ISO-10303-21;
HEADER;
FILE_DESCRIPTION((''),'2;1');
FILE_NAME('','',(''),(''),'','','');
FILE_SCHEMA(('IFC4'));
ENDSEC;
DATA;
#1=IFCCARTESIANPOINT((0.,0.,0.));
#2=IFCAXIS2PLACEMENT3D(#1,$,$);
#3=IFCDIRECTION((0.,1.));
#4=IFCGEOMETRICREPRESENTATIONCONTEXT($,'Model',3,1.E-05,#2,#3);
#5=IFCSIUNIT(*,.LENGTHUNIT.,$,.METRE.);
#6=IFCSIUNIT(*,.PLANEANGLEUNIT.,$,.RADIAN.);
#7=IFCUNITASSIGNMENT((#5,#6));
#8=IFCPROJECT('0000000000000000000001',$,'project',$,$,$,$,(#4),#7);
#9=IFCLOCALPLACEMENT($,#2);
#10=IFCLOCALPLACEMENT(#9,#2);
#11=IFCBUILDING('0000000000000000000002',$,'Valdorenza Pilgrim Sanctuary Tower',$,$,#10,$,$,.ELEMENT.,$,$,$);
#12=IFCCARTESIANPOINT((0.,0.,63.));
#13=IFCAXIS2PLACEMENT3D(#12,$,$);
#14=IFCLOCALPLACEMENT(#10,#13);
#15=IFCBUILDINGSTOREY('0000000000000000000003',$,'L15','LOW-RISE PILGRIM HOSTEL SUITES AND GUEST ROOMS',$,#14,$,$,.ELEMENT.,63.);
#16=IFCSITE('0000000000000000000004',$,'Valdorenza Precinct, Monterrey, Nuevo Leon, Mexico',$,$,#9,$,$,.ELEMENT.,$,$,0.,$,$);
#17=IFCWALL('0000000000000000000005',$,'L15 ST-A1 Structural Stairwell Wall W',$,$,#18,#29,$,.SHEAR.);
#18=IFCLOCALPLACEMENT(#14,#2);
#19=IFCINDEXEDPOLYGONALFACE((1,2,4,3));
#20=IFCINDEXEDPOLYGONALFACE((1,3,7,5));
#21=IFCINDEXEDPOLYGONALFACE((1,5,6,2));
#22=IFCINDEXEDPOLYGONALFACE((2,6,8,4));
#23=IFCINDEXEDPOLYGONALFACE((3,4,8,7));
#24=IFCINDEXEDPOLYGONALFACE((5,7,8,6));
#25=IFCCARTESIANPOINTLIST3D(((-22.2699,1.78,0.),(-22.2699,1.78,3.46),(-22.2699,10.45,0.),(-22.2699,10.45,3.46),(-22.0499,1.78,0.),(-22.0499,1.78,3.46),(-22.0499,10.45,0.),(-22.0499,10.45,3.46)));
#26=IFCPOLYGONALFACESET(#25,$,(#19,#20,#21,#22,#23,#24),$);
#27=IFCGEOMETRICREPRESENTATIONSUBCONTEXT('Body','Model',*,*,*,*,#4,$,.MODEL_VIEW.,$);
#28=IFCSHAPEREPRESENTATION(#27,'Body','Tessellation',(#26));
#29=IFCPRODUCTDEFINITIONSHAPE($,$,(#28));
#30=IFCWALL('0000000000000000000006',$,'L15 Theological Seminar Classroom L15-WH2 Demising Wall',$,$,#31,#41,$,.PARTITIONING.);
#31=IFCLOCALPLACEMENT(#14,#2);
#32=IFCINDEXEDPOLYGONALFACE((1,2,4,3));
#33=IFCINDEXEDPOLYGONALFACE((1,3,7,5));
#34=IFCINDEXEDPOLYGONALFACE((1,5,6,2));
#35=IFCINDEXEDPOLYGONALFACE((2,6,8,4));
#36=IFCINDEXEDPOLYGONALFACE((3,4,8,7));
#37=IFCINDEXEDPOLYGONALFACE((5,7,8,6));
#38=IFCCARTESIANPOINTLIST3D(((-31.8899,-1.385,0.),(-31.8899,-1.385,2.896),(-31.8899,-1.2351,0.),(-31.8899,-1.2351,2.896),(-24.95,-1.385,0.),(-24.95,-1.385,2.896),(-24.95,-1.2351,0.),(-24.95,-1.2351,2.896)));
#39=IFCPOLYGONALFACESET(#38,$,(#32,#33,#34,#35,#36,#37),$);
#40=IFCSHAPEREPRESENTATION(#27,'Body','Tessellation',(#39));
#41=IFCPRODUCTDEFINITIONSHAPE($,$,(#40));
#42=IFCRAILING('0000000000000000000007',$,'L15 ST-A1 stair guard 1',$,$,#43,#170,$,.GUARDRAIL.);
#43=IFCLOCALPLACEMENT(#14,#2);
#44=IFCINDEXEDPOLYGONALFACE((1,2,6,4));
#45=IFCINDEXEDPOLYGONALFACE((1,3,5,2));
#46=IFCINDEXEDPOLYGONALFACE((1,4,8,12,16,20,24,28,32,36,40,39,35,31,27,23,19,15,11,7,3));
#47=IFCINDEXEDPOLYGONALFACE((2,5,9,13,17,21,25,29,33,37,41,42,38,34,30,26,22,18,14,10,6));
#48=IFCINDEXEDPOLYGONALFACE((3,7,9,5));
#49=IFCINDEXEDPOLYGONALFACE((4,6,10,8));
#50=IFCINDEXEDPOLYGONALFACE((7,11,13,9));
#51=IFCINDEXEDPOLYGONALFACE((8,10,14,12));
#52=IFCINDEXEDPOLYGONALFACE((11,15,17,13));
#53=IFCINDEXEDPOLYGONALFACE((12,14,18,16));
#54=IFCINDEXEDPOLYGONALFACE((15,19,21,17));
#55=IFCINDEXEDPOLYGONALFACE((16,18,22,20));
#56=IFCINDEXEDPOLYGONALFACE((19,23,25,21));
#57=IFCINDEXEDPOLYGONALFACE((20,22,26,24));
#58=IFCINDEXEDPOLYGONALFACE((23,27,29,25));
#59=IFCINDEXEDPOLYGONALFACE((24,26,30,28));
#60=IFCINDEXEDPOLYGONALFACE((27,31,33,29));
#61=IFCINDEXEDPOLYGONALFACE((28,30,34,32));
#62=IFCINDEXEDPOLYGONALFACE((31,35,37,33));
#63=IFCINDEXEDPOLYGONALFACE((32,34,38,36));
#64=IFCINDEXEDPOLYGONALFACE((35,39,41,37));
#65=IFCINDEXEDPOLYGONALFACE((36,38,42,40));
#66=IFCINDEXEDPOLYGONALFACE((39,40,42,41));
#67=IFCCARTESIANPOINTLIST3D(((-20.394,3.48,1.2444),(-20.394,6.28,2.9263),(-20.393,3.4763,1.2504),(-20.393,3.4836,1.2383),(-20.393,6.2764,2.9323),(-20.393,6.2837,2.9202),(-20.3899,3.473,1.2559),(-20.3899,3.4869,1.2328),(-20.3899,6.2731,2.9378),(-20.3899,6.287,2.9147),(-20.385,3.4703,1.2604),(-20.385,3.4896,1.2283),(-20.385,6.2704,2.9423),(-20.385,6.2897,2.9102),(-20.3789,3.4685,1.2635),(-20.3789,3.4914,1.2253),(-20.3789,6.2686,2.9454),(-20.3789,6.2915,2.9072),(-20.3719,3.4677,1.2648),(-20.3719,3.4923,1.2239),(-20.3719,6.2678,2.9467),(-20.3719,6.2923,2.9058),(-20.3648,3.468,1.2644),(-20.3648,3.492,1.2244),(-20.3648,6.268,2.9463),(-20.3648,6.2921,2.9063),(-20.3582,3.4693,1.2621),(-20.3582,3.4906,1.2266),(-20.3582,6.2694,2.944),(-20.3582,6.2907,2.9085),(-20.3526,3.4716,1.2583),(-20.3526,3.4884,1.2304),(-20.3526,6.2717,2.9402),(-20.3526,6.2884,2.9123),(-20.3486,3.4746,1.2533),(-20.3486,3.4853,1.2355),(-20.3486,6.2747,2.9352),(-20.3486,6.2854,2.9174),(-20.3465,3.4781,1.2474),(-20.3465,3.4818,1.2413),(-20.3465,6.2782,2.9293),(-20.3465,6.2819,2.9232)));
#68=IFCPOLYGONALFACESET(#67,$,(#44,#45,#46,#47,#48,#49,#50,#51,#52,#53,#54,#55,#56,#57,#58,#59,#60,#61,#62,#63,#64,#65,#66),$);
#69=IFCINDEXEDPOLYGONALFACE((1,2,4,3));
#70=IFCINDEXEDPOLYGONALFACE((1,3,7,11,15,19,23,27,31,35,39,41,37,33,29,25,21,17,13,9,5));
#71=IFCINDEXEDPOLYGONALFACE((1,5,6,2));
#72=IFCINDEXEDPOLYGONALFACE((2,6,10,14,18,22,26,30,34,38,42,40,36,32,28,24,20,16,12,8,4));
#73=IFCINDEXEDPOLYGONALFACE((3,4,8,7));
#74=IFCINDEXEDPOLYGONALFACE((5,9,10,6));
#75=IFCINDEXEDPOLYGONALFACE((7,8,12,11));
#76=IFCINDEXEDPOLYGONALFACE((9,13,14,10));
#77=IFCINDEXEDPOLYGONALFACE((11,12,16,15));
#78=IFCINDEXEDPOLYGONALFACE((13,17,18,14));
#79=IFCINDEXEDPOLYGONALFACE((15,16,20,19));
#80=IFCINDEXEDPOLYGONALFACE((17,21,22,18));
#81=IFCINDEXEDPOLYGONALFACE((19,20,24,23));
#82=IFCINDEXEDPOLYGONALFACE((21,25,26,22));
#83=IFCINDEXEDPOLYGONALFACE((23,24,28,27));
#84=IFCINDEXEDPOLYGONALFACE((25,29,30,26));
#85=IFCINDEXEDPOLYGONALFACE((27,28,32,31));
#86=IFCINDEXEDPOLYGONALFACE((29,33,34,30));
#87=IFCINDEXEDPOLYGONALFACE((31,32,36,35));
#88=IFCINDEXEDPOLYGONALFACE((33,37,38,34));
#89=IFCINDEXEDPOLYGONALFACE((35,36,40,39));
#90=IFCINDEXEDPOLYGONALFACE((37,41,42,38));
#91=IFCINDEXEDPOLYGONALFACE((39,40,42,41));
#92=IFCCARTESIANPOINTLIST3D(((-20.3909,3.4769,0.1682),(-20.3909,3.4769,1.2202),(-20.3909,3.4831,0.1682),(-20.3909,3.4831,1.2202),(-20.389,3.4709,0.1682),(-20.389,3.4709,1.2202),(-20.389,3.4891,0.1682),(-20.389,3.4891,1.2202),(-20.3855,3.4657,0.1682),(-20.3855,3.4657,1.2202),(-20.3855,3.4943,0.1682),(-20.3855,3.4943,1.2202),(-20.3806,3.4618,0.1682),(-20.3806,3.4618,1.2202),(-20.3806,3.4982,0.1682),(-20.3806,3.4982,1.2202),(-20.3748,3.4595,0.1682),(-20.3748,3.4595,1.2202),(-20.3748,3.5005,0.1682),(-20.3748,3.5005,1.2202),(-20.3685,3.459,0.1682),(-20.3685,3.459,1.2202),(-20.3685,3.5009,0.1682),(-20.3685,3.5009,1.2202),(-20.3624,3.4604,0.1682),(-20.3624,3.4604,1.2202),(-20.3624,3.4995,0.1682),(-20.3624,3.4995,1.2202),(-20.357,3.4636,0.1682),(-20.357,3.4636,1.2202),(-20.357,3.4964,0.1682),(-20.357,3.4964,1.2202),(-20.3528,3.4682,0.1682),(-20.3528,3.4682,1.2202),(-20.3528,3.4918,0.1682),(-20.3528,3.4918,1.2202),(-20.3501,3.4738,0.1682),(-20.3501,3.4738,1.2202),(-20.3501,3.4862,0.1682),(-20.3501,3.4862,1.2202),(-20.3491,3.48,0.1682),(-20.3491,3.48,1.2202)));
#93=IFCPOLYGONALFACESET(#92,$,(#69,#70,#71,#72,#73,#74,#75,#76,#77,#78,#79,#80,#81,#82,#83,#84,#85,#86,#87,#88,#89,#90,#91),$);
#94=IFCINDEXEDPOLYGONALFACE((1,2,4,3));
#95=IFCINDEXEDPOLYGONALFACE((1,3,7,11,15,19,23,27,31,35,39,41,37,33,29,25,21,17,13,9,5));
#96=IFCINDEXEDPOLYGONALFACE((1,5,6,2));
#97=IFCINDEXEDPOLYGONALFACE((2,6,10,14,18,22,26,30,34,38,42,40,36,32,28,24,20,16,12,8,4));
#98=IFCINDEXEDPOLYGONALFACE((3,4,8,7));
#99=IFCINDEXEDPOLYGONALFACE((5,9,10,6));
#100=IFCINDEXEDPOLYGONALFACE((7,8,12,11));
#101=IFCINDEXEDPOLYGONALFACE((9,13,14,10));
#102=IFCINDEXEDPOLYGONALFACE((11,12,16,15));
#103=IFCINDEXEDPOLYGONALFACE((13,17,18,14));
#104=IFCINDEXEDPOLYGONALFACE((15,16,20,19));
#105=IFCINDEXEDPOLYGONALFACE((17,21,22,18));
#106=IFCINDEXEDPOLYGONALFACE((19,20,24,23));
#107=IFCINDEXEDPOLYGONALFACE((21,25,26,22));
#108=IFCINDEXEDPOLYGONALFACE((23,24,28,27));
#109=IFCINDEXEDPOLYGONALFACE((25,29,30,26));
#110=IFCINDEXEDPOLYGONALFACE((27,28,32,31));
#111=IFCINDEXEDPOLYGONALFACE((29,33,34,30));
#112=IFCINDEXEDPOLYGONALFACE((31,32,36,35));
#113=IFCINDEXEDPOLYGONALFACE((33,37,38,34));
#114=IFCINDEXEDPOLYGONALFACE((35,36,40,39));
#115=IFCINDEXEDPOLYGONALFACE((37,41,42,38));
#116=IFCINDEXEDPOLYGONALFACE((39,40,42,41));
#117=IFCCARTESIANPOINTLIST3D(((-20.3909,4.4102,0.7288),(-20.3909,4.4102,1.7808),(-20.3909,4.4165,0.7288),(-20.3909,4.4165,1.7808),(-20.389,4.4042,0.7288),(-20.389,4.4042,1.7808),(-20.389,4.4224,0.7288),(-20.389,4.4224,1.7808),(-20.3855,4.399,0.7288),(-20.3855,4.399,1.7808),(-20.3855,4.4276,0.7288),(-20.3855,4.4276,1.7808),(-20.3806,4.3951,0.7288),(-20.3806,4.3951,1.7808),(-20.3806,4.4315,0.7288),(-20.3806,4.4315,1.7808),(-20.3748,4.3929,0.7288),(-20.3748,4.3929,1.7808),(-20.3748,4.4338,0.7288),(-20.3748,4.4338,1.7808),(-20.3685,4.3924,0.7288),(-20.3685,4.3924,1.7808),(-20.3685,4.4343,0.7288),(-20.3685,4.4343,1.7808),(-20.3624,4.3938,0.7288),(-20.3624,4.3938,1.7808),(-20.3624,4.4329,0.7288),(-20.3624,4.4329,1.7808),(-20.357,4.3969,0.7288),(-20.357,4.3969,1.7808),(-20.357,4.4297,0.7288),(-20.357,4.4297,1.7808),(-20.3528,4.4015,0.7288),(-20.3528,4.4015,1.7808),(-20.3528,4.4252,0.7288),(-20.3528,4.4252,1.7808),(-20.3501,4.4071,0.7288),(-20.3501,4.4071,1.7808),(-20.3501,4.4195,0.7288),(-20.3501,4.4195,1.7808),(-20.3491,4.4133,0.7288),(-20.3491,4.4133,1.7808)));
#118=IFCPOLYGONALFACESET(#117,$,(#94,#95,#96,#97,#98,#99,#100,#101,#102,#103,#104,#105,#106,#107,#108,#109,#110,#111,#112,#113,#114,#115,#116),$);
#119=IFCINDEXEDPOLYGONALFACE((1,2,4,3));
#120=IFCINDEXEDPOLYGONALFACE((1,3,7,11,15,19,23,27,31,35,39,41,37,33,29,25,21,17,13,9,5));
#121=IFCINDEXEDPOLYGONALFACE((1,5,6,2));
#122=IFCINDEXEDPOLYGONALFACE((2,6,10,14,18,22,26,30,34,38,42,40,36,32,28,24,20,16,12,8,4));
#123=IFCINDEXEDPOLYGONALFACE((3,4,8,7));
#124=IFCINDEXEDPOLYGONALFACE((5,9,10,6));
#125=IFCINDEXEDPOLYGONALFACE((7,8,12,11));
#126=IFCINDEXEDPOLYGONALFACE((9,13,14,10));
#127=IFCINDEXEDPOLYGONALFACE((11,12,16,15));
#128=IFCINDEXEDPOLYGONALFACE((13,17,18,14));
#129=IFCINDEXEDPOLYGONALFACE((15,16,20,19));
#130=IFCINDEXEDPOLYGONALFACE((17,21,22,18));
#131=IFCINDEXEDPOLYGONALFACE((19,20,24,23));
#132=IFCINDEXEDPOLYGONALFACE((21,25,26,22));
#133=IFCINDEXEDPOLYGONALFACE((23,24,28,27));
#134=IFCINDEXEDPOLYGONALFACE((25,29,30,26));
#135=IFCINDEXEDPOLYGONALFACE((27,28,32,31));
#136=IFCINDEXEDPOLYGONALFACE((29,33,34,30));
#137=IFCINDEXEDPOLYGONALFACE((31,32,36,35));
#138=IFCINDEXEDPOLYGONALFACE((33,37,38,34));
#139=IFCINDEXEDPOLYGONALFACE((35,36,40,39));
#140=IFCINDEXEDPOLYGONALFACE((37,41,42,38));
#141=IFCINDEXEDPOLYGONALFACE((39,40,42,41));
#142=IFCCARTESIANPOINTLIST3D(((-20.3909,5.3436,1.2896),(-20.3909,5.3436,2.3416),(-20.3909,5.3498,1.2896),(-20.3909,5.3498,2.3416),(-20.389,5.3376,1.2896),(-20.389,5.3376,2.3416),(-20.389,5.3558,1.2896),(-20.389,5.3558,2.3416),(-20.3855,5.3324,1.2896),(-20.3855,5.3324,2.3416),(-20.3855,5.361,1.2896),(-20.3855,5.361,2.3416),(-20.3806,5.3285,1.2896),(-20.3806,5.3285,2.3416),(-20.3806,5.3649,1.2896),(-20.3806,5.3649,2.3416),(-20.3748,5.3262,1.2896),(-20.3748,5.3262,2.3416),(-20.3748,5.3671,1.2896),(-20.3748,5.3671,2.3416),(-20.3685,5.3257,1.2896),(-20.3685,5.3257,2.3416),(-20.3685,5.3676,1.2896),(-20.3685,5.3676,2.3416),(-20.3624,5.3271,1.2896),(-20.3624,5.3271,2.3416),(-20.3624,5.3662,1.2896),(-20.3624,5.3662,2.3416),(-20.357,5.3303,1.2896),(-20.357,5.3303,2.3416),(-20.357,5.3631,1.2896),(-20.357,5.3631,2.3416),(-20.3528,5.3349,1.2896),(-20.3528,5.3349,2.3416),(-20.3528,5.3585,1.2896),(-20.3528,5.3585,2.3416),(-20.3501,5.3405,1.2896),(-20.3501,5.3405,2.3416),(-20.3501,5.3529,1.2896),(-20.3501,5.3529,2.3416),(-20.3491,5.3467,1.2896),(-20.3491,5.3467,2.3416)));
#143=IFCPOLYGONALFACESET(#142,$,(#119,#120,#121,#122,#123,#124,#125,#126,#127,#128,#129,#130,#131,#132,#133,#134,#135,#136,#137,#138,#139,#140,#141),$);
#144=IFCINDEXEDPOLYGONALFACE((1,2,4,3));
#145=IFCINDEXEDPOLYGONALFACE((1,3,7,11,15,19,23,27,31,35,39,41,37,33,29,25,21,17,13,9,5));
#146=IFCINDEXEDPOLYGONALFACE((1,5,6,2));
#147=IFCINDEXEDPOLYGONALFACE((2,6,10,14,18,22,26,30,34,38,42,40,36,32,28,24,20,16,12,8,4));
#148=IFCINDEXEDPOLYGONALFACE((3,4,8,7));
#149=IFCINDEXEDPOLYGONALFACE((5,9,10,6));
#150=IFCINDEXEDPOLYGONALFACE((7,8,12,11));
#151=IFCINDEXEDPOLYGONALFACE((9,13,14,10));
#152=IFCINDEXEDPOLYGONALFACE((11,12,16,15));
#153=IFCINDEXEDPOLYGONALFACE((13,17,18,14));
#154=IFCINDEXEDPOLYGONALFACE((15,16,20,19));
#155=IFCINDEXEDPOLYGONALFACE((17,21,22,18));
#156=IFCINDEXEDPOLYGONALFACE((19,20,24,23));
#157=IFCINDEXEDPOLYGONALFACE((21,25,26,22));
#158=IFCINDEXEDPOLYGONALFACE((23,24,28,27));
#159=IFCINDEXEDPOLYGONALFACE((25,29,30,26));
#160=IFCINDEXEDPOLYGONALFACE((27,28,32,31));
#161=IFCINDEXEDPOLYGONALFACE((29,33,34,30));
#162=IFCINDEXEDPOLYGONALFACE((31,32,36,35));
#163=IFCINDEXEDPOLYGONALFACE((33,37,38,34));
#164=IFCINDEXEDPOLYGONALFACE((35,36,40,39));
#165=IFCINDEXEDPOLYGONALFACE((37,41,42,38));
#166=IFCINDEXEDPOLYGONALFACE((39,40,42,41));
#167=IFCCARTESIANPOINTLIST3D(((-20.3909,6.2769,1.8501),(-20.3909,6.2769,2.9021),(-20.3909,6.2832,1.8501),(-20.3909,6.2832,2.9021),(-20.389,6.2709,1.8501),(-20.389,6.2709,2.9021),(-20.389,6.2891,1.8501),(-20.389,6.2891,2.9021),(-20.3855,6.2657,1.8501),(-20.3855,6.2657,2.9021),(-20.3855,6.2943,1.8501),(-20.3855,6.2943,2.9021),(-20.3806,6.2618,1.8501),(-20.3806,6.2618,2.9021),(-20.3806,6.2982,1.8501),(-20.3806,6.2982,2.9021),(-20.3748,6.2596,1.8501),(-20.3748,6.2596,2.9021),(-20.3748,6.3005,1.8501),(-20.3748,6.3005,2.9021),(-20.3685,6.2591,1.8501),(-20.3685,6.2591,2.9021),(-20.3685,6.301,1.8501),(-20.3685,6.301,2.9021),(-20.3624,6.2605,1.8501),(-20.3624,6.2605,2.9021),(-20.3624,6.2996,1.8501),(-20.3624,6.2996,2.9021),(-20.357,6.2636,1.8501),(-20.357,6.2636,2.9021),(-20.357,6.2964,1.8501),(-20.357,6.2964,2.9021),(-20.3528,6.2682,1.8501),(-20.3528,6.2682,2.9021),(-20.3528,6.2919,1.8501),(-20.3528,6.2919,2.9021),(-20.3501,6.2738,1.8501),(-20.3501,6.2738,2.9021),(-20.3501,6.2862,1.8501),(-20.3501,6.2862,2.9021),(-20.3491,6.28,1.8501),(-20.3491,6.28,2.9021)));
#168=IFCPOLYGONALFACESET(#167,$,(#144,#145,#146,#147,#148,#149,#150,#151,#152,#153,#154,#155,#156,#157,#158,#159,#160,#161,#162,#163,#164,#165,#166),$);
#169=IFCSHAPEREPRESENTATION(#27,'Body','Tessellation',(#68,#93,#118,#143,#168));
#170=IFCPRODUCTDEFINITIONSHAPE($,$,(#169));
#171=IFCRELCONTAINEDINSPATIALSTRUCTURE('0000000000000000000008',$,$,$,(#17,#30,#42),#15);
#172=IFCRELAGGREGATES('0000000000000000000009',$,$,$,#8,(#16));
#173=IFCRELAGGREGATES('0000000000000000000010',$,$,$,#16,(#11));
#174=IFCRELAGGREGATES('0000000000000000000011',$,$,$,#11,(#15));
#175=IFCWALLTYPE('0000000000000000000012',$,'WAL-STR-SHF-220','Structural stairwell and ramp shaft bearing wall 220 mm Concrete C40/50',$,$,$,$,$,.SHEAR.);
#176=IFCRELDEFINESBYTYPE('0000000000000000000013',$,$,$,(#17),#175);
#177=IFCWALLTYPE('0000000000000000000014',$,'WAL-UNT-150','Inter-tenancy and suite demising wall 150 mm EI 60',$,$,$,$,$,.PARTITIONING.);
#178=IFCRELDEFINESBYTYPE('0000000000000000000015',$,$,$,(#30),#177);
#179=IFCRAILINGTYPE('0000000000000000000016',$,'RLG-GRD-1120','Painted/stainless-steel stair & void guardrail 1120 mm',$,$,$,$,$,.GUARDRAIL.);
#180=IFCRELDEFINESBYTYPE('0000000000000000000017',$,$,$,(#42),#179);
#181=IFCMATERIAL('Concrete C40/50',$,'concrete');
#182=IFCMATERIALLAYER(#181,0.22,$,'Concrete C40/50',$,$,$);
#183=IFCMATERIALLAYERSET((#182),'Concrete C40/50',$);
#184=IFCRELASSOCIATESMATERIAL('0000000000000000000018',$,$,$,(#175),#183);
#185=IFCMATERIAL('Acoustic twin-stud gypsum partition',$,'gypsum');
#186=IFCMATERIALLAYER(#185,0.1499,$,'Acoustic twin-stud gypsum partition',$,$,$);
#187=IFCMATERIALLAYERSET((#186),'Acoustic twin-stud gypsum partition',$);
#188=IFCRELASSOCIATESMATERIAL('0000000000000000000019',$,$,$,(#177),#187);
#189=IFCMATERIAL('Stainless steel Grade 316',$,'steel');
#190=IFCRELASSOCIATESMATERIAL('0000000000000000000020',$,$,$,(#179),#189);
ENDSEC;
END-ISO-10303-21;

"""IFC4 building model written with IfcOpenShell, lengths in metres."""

from ifc_helpers import new_model, si_unit, direction, frame, frame_2d, origin, origin_2d, place, context, subcontext, project, spatial, rectangle, circle, extrude, material, layer, layer_set, type_object, element, save


model = new_model("IFC4")

# Units and contexts
model_context = context("Model", 3, precision=1e-05, world=origin(), true_north=direction((0.0, 1.0)))
body_context = subcontext(model_context, "Body", "Model", "MODEL_VIEW")
ifc_project = project(units=[si_unit("LENGTHUNIT", "METRE"), si_unit("PLANEANGLEUNIT", "RADIAN")], contexts=[model_context])

# Site, building, storey
site_placement = place(None, origin())
site = spatial("IfcSite", under=ifc_project, at=site_placement, Name="Valdorenza Precinct, Monterrey, Nuevo Leon, Mexico", CompositionType="ELEMENT", RefElevation=0.0)
building_placement = place(site_placement, origin())
building = spatial("IfcBuilding", under=site, at=building_placement, Name="Valdorenza Pilgrim Sanctuary Tower", CompositionType="ELEMENT")
storey_placement = place(building_placement, frame((0.0, 0.0, 63.0)))
storey = spatial("IfcBuildingStorey", under=building, at=storey_placement, Name="L15", Description="LOW-RISE PILGRIM HOSTEL SUITES AND GUEST ROOMS", CompositionType="ELEMENT", Elevation=63.0)

# Wall
ifc_material_1 = material(Name="Concrete C40/50", Category="concrete")
ifc_layer_1 = layer(ifc_material_1, 0.22, Name="Concrete C40/50")
ifc_layer_set_1 = layer_set([ifc_layer_1], Name="Concrete C40/50")
wall_type_1 = type_object("IfcWallType", Name="WAL-STR-SHF-220", Description="Structural stairwell and ramp shaft bearing wall 220 mm Concrete C40/50", PredefinedType="SHEAR", material=ifc_layer_set_1)
wall_1_placement = place(storey_placement, frame((-22.1599, 1.78, 0.0), z_axis=(0.0, 0.0, 1.0), x_axis=(0.0, 1.0, 0.0)))
element("IfcWall", 1, at=wall_1_placement, inside=storey, type_object=wall_type_1, Name="L15 ST-A1 Structural Stairwell Wall W", PredefinedType="SHEAR", context=body_context, shape_type="SweptSolid", body=[
    extrude(rectangle(XDim=8.6699, YDim=0.22, at=frame_2d((4.335, 0.0))), origin(), (0.0, 0.0, 1.0), 3.46),
])

# Wall
ifc_material_2 = material(Name="Acoustic twin-stud gypsum partition", Category="gypsum")
ifc_layer_2 = layer(ifc_material_2, 0.1499, Name="Acoustic twin-stud gypsum partition")
ifc_layer_set_2 = layer_set([ifc_layer_2], Name="Acoustic twin-stud gypsum partition")
wall_type_2 = type_object("IfcWallType", Name="WAL-UNT-150", Description="Inter-tenancy and suite demising wall 150 mm EI 60", PredefinedType="PARTITIONING", material=ifc_layer_set_2)
wall_2_placement = place(storey_placement, frame((-31.8899, -1.3101, 0.0), z_axis=(0.0, 0.0, 1.0), x_axis=(1.0, 0.0, 0.0)))
element("IfcWall", 2, at=wall_2_placement, inside=storey, type_object=wall_type_2, Name="L15 Theological Seminar Classroom L15-WH2 Demising Wall", PredefinedType="PARTITIONING", context=body_context, shape_type="SweptSolid", body=[
    extrude(rectangle(XDim=6.9399, YDim=0.1499, at=frame_2d((3.47, 0.0))), origin(), (0.0, 0.0, 1.0), 2.896),
])

# Railing
ifc_material_3 = material(Name="Stainless steel Grade 316", Category="steel")
railing_type = type_object("IfcRailingType", Name="RLG-GRD-1120", Description="Painted/stainless-steel stair & void guardrail 1120 mm", PredefinedType="GUARDRAIL", material=ifc_material_3)
railing_1_placement = place(storey_placement, frame((-20.3701, 3.48, 0.1682)))
element("IfcRailing", 3, at=railing_1_placement, inside=storey, type_object=railing_type, Name="L15 ST-A1 stair guard 1", PredefinedType="GUARDRAIL", context=body_context, shape_type="SweptSolid", body=[
    extrude(circle(Radius=0.0239, at=origin_2d()), frame((0.0, 0.0, 1.0762), z_axis=(0.0, 0.857242, 0.514913), x_axis=(-1.0, 0.0, 0.0)), (0.0, 0.0, 1.0), 3.2664),
    extrude(circle(Radius=0.021, at=origin_2d()), origin(), (0.0, 0.0, 1.0), 1.052),
    extrude(circle(Radius=0.021, at=origin_2d()), frame((0.0, 0.9333, 0.5605)), (0.0, 0.0, 1.0), 1.052),
    extrude(circle(Radius=0.021, at=origin_2d()), frame((0.0, 1.8667, 1.1213)), (0.0, 0.0, 1.0), 1.052),
    extrude(circle(Radius=0.021, at=origin_2d()), frame((0.0, 2.8, 1.6819)), (0.0, 0.0, 1.0), 1.052),
])

save(model, "model.ifc")
